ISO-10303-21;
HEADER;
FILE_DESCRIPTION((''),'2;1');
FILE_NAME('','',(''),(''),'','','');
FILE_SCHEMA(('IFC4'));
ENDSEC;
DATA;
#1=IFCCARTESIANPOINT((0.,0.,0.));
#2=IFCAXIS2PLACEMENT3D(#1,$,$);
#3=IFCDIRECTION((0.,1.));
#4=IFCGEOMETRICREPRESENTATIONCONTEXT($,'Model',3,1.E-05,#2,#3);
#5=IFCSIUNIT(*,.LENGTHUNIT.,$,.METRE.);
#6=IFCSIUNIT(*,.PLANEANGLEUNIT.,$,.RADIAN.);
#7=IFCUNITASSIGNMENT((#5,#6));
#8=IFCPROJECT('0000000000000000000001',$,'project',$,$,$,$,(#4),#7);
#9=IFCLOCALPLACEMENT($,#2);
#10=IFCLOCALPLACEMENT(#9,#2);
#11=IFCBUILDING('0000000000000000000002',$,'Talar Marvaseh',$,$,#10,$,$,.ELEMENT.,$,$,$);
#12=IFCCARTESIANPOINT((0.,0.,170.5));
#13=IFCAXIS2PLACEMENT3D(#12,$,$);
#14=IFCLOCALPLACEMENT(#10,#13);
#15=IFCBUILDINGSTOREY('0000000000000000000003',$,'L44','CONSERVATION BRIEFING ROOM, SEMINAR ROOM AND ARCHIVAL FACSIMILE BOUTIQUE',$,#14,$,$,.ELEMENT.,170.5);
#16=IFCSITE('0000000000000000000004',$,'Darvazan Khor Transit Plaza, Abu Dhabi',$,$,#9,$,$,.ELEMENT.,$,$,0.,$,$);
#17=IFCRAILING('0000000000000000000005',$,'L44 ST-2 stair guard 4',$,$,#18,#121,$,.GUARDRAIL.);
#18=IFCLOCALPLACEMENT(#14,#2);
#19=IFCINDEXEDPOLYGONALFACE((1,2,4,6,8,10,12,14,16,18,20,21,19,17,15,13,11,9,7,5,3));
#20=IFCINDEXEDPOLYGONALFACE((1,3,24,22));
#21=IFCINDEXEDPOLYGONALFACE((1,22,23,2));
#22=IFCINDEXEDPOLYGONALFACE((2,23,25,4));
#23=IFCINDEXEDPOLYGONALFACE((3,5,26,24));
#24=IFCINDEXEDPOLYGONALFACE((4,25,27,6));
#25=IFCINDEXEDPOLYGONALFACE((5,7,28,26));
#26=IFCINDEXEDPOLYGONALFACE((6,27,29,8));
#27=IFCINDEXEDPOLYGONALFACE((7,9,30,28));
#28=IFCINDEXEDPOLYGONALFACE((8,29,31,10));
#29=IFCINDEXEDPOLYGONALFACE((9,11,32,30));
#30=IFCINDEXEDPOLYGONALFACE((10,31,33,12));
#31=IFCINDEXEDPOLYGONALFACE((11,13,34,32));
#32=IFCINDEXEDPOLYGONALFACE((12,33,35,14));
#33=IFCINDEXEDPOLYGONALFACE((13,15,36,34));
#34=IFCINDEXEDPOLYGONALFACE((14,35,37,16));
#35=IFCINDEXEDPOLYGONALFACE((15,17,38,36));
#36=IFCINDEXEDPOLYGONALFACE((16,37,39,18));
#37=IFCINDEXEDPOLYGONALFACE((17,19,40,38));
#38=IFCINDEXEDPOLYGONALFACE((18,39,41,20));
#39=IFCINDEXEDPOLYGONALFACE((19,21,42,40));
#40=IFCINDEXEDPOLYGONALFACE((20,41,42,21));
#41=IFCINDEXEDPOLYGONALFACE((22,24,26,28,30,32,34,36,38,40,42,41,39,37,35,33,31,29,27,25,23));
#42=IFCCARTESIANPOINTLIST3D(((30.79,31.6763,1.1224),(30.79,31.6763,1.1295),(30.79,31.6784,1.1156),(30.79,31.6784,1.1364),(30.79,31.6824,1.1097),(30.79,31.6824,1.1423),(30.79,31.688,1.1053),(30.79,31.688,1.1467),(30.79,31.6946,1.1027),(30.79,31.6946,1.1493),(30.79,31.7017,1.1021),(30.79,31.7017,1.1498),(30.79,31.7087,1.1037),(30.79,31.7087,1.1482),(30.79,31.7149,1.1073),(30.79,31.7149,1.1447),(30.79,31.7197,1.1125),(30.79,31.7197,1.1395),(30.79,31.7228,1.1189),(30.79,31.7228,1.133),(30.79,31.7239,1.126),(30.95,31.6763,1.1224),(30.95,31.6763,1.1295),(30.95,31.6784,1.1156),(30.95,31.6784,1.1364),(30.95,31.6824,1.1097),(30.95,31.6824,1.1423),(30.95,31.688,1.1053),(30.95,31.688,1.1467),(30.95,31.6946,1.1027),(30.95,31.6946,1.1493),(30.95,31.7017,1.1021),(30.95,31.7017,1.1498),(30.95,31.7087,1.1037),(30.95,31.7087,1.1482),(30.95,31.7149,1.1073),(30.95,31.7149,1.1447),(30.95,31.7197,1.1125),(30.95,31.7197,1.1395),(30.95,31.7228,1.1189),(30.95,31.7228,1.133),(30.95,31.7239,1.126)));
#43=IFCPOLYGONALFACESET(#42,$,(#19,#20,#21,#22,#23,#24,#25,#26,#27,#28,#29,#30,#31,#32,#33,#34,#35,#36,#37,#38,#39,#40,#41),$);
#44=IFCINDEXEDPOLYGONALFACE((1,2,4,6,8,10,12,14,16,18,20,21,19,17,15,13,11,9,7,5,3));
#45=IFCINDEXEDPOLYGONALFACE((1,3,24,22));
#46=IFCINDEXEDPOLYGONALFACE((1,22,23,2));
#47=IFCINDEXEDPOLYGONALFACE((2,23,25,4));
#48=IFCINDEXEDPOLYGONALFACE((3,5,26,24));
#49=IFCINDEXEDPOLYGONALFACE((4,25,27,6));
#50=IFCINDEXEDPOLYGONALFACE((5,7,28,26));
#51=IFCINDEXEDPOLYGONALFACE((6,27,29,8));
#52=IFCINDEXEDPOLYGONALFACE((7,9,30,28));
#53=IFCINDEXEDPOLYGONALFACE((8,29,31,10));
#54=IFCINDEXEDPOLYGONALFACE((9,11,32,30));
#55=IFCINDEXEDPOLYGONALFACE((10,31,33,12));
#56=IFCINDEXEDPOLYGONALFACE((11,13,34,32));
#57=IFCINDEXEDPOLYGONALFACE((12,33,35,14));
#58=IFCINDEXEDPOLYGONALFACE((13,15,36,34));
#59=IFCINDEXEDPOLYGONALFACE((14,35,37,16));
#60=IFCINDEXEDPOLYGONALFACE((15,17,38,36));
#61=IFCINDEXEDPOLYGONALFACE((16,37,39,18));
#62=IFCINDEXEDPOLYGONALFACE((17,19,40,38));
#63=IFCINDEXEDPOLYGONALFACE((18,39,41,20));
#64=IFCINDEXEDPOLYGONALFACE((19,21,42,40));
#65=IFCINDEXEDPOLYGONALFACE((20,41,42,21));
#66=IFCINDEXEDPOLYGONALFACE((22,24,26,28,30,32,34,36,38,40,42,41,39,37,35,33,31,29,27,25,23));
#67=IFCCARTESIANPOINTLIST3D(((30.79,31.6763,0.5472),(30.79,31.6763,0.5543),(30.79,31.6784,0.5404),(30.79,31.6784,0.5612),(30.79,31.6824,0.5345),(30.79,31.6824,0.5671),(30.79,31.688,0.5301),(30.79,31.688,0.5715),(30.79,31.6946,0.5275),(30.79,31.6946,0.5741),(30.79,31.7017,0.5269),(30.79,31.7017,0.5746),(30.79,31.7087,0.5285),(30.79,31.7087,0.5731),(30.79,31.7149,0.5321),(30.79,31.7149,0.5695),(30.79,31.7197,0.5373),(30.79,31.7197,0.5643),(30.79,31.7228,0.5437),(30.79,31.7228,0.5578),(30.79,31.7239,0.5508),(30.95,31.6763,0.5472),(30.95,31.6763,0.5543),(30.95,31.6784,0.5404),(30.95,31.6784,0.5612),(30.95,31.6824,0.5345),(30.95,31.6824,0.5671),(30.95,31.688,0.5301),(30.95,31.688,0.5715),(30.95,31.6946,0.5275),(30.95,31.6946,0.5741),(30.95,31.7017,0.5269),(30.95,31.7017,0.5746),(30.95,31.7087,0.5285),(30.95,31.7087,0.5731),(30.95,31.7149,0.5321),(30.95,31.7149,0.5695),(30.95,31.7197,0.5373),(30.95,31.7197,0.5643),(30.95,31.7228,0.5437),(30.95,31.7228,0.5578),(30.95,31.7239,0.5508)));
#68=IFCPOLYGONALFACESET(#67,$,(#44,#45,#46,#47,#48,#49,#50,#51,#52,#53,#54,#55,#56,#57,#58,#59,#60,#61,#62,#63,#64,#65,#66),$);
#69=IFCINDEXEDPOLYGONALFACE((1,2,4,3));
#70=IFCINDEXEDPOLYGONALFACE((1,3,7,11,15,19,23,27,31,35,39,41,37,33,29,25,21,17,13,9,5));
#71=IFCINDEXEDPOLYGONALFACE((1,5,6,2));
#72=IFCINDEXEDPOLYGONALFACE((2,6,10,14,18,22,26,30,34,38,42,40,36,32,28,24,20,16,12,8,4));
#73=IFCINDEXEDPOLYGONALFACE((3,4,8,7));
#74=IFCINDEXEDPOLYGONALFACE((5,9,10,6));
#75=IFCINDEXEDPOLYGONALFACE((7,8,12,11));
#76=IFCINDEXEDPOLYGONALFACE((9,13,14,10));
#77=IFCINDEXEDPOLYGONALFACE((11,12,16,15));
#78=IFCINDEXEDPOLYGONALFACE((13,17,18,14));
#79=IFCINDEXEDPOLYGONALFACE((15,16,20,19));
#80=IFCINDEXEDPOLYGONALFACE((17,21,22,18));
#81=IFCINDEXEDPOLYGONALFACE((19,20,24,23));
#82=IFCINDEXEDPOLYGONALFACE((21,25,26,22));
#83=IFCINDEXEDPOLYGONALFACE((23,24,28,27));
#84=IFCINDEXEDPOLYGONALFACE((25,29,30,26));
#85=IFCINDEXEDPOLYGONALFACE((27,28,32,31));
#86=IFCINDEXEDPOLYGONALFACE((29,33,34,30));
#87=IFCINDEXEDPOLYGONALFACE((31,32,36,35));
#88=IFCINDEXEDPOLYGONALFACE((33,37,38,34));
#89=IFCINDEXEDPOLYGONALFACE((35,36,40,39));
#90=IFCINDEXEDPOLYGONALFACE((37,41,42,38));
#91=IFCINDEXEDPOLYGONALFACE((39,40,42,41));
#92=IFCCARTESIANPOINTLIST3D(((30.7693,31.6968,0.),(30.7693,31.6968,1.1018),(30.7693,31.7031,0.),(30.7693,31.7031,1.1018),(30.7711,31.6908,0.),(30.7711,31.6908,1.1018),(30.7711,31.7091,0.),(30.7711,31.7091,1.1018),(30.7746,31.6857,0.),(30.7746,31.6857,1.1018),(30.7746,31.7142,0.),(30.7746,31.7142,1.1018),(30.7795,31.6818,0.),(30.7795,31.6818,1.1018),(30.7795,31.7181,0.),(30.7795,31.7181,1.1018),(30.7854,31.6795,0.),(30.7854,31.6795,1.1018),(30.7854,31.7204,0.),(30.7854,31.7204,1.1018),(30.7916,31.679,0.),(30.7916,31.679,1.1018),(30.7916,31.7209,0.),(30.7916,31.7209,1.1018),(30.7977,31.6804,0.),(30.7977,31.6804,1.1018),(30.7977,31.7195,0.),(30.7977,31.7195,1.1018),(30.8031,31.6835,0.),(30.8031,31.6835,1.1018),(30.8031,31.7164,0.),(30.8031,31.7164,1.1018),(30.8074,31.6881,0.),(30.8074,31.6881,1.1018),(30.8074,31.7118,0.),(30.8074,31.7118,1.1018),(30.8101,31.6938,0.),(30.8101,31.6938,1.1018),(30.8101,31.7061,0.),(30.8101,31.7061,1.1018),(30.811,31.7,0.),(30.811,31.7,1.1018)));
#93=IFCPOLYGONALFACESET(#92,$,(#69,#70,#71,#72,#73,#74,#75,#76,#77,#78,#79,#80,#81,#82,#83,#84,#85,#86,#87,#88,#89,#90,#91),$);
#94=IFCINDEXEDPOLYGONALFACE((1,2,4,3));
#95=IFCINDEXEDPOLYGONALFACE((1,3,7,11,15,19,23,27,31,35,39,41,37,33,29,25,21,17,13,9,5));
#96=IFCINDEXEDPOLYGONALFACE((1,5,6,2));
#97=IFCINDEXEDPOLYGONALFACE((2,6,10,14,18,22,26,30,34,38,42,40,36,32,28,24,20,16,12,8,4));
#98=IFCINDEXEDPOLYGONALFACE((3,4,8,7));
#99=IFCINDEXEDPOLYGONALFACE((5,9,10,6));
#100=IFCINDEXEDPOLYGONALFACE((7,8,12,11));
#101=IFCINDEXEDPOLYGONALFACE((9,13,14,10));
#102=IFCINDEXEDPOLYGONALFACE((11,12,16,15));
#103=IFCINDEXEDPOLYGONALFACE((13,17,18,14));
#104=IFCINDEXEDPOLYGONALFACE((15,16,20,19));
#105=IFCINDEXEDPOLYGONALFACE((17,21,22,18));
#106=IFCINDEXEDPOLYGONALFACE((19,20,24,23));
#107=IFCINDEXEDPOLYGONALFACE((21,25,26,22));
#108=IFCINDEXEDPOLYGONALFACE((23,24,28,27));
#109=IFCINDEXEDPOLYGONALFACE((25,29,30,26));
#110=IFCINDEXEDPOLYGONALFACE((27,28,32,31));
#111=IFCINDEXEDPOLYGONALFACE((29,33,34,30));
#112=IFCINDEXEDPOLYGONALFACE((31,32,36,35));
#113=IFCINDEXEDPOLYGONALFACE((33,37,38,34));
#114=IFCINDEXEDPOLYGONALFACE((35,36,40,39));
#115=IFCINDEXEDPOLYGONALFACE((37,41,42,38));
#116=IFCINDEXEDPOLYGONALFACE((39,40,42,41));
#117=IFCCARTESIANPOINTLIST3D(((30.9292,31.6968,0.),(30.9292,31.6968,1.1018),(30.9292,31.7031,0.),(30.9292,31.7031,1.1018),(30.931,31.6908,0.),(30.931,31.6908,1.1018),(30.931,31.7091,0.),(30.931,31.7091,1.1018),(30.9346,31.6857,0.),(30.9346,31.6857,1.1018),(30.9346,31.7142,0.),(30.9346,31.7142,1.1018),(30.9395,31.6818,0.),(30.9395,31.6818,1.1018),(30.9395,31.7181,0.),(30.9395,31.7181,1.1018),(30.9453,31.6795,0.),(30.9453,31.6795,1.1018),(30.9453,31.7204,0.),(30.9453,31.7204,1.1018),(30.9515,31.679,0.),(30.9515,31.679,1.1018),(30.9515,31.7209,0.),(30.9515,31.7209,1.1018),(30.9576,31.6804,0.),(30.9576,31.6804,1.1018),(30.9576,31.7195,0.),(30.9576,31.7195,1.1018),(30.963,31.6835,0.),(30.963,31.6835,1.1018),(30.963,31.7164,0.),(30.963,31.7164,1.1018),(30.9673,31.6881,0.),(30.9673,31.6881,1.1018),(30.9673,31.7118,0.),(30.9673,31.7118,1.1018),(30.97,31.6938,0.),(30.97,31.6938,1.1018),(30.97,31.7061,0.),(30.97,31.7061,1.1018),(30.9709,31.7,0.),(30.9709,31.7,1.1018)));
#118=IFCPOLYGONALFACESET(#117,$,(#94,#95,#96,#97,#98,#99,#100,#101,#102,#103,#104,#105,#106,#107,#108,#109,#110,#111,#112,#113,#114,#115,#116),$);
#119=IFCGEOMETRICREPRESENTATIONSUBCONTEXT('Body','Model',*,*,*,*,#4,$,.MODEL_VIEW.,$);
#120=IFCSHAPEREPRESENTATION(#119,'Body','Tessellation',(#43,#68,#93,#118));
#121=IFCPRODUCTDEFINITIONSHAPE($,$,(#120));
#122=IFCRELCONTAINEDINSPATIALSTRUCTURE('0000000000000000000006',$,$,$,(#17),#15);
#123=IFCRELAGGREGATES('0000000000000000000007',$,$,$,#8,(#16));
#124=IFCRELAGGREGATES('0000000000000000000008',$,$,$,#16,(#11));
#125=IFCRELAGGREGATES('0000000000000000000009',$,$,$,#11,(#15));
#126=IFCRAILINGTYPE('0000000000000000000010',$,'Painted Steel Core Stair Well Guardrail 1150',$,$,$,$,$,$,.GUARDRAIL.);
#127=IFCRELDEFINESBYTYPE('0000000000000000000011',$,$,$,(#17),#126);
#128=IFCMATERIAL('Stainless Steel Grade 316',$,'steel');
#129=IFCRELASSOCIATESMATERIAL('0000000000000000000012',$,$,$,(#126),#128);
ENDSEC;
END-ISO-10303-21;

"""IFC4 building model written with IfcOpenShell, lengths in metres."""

from ifc_helpers import new_model, si_unit, direction, frame, origin, origin_2d, place, context, subcontext, project, spatial, circle, extrude, material, type_object, element, save


model = new_model("IFC4")

# Units and contexts
model_context = context("Model", 3, precision=1e-05, world=origin(), true_north=direction((0.0, 1.0)))
body_context = subcontext(model_context, "Body", "Model", "MODEL_VIEW")
ifc_project = project(units=[si_unit("LENGTHUNIT", "METRE"), si_unit("PLANEANGLEUNIT", "RADIAN")], contexts=[model_context])

# Site, building, storey
site_placement = place(None, origin())
site = spatial("IfcSite", under=ifc_project, at=site_placement, Name="Darvazan Khor Transit Plaza, Abu Dhabi", CompositionType="ELEMENT", RefElevation=0.0)
building_placement = place(site_placement, origin())
building = spatial("IfcBuilding", under=site, at=building_placement, Name="Talar Marvaseh", CompositionType="ELEMENT")
storey_placement = place(building_placement, frame((0.0, 0.0, 170.5)))
storey = spatial("IfcBuildingStorey", under=building, at=storey_placement, Name="L44", Description="CONSERVATION BRIEFING ROOM, SEMINAR ROOM AND ARCHIVAL FACSIMILE BOUTIQUE", CompositionType="ELEMENT", Elevation=170.5)

# Shared definitions
ifc_material_1 = material(Name="Stainless Steel Grade 316", Category="steel")

# Railing
railing_type_1 = type_object("IfcRailingType", Name="Painted Steel Core Stair Well Guardrail 1150", PredefinedType="GUARDRAIL", material=ifc_material_1)
railing_1_placement = place(storey_placement, frame((30.79, 31.7, 0.0)))
element("IfcRailing", 1, at=railing_1_placement, inside=storey, type_object=railing_type_1, Name="L44 ST-2 stair guard 4", PredefinedType="GUARDRAIL", context=body_context, shape_type="SweptSolid", body=[
    extrude(circle(Radius=0.0239, at=origin_2d()), frame((0.0, 0.0, 1.126), z_axis=(1.0, 0.0, 0.0), x_axis=(0.0, 1.0, 0.0)), (0.0, 0.0, 1.0), 0.1599),
    extrude(circle(Radius=0.0239, at=origin_2d()), frame((0.0, 0.0, 0.5508), z_axis=(1.0, 0.0, 0.0), x_axis=(0.0, 1.0, 0.0)), (0.0, 0.0, 1.0), 0.1599),
    extrude(circle(Radius=0.021, at=origin_2d()), origin(), (0.0, 0.0, 1.0), 1.1018),
    extrude(circle(Radius=0.021, at=origin_2d()), frame((0.1599, 0.0, 0.0)), (0.0, 0.0, 1.0), 1.1018),
])

save(model, "model.ifc")
